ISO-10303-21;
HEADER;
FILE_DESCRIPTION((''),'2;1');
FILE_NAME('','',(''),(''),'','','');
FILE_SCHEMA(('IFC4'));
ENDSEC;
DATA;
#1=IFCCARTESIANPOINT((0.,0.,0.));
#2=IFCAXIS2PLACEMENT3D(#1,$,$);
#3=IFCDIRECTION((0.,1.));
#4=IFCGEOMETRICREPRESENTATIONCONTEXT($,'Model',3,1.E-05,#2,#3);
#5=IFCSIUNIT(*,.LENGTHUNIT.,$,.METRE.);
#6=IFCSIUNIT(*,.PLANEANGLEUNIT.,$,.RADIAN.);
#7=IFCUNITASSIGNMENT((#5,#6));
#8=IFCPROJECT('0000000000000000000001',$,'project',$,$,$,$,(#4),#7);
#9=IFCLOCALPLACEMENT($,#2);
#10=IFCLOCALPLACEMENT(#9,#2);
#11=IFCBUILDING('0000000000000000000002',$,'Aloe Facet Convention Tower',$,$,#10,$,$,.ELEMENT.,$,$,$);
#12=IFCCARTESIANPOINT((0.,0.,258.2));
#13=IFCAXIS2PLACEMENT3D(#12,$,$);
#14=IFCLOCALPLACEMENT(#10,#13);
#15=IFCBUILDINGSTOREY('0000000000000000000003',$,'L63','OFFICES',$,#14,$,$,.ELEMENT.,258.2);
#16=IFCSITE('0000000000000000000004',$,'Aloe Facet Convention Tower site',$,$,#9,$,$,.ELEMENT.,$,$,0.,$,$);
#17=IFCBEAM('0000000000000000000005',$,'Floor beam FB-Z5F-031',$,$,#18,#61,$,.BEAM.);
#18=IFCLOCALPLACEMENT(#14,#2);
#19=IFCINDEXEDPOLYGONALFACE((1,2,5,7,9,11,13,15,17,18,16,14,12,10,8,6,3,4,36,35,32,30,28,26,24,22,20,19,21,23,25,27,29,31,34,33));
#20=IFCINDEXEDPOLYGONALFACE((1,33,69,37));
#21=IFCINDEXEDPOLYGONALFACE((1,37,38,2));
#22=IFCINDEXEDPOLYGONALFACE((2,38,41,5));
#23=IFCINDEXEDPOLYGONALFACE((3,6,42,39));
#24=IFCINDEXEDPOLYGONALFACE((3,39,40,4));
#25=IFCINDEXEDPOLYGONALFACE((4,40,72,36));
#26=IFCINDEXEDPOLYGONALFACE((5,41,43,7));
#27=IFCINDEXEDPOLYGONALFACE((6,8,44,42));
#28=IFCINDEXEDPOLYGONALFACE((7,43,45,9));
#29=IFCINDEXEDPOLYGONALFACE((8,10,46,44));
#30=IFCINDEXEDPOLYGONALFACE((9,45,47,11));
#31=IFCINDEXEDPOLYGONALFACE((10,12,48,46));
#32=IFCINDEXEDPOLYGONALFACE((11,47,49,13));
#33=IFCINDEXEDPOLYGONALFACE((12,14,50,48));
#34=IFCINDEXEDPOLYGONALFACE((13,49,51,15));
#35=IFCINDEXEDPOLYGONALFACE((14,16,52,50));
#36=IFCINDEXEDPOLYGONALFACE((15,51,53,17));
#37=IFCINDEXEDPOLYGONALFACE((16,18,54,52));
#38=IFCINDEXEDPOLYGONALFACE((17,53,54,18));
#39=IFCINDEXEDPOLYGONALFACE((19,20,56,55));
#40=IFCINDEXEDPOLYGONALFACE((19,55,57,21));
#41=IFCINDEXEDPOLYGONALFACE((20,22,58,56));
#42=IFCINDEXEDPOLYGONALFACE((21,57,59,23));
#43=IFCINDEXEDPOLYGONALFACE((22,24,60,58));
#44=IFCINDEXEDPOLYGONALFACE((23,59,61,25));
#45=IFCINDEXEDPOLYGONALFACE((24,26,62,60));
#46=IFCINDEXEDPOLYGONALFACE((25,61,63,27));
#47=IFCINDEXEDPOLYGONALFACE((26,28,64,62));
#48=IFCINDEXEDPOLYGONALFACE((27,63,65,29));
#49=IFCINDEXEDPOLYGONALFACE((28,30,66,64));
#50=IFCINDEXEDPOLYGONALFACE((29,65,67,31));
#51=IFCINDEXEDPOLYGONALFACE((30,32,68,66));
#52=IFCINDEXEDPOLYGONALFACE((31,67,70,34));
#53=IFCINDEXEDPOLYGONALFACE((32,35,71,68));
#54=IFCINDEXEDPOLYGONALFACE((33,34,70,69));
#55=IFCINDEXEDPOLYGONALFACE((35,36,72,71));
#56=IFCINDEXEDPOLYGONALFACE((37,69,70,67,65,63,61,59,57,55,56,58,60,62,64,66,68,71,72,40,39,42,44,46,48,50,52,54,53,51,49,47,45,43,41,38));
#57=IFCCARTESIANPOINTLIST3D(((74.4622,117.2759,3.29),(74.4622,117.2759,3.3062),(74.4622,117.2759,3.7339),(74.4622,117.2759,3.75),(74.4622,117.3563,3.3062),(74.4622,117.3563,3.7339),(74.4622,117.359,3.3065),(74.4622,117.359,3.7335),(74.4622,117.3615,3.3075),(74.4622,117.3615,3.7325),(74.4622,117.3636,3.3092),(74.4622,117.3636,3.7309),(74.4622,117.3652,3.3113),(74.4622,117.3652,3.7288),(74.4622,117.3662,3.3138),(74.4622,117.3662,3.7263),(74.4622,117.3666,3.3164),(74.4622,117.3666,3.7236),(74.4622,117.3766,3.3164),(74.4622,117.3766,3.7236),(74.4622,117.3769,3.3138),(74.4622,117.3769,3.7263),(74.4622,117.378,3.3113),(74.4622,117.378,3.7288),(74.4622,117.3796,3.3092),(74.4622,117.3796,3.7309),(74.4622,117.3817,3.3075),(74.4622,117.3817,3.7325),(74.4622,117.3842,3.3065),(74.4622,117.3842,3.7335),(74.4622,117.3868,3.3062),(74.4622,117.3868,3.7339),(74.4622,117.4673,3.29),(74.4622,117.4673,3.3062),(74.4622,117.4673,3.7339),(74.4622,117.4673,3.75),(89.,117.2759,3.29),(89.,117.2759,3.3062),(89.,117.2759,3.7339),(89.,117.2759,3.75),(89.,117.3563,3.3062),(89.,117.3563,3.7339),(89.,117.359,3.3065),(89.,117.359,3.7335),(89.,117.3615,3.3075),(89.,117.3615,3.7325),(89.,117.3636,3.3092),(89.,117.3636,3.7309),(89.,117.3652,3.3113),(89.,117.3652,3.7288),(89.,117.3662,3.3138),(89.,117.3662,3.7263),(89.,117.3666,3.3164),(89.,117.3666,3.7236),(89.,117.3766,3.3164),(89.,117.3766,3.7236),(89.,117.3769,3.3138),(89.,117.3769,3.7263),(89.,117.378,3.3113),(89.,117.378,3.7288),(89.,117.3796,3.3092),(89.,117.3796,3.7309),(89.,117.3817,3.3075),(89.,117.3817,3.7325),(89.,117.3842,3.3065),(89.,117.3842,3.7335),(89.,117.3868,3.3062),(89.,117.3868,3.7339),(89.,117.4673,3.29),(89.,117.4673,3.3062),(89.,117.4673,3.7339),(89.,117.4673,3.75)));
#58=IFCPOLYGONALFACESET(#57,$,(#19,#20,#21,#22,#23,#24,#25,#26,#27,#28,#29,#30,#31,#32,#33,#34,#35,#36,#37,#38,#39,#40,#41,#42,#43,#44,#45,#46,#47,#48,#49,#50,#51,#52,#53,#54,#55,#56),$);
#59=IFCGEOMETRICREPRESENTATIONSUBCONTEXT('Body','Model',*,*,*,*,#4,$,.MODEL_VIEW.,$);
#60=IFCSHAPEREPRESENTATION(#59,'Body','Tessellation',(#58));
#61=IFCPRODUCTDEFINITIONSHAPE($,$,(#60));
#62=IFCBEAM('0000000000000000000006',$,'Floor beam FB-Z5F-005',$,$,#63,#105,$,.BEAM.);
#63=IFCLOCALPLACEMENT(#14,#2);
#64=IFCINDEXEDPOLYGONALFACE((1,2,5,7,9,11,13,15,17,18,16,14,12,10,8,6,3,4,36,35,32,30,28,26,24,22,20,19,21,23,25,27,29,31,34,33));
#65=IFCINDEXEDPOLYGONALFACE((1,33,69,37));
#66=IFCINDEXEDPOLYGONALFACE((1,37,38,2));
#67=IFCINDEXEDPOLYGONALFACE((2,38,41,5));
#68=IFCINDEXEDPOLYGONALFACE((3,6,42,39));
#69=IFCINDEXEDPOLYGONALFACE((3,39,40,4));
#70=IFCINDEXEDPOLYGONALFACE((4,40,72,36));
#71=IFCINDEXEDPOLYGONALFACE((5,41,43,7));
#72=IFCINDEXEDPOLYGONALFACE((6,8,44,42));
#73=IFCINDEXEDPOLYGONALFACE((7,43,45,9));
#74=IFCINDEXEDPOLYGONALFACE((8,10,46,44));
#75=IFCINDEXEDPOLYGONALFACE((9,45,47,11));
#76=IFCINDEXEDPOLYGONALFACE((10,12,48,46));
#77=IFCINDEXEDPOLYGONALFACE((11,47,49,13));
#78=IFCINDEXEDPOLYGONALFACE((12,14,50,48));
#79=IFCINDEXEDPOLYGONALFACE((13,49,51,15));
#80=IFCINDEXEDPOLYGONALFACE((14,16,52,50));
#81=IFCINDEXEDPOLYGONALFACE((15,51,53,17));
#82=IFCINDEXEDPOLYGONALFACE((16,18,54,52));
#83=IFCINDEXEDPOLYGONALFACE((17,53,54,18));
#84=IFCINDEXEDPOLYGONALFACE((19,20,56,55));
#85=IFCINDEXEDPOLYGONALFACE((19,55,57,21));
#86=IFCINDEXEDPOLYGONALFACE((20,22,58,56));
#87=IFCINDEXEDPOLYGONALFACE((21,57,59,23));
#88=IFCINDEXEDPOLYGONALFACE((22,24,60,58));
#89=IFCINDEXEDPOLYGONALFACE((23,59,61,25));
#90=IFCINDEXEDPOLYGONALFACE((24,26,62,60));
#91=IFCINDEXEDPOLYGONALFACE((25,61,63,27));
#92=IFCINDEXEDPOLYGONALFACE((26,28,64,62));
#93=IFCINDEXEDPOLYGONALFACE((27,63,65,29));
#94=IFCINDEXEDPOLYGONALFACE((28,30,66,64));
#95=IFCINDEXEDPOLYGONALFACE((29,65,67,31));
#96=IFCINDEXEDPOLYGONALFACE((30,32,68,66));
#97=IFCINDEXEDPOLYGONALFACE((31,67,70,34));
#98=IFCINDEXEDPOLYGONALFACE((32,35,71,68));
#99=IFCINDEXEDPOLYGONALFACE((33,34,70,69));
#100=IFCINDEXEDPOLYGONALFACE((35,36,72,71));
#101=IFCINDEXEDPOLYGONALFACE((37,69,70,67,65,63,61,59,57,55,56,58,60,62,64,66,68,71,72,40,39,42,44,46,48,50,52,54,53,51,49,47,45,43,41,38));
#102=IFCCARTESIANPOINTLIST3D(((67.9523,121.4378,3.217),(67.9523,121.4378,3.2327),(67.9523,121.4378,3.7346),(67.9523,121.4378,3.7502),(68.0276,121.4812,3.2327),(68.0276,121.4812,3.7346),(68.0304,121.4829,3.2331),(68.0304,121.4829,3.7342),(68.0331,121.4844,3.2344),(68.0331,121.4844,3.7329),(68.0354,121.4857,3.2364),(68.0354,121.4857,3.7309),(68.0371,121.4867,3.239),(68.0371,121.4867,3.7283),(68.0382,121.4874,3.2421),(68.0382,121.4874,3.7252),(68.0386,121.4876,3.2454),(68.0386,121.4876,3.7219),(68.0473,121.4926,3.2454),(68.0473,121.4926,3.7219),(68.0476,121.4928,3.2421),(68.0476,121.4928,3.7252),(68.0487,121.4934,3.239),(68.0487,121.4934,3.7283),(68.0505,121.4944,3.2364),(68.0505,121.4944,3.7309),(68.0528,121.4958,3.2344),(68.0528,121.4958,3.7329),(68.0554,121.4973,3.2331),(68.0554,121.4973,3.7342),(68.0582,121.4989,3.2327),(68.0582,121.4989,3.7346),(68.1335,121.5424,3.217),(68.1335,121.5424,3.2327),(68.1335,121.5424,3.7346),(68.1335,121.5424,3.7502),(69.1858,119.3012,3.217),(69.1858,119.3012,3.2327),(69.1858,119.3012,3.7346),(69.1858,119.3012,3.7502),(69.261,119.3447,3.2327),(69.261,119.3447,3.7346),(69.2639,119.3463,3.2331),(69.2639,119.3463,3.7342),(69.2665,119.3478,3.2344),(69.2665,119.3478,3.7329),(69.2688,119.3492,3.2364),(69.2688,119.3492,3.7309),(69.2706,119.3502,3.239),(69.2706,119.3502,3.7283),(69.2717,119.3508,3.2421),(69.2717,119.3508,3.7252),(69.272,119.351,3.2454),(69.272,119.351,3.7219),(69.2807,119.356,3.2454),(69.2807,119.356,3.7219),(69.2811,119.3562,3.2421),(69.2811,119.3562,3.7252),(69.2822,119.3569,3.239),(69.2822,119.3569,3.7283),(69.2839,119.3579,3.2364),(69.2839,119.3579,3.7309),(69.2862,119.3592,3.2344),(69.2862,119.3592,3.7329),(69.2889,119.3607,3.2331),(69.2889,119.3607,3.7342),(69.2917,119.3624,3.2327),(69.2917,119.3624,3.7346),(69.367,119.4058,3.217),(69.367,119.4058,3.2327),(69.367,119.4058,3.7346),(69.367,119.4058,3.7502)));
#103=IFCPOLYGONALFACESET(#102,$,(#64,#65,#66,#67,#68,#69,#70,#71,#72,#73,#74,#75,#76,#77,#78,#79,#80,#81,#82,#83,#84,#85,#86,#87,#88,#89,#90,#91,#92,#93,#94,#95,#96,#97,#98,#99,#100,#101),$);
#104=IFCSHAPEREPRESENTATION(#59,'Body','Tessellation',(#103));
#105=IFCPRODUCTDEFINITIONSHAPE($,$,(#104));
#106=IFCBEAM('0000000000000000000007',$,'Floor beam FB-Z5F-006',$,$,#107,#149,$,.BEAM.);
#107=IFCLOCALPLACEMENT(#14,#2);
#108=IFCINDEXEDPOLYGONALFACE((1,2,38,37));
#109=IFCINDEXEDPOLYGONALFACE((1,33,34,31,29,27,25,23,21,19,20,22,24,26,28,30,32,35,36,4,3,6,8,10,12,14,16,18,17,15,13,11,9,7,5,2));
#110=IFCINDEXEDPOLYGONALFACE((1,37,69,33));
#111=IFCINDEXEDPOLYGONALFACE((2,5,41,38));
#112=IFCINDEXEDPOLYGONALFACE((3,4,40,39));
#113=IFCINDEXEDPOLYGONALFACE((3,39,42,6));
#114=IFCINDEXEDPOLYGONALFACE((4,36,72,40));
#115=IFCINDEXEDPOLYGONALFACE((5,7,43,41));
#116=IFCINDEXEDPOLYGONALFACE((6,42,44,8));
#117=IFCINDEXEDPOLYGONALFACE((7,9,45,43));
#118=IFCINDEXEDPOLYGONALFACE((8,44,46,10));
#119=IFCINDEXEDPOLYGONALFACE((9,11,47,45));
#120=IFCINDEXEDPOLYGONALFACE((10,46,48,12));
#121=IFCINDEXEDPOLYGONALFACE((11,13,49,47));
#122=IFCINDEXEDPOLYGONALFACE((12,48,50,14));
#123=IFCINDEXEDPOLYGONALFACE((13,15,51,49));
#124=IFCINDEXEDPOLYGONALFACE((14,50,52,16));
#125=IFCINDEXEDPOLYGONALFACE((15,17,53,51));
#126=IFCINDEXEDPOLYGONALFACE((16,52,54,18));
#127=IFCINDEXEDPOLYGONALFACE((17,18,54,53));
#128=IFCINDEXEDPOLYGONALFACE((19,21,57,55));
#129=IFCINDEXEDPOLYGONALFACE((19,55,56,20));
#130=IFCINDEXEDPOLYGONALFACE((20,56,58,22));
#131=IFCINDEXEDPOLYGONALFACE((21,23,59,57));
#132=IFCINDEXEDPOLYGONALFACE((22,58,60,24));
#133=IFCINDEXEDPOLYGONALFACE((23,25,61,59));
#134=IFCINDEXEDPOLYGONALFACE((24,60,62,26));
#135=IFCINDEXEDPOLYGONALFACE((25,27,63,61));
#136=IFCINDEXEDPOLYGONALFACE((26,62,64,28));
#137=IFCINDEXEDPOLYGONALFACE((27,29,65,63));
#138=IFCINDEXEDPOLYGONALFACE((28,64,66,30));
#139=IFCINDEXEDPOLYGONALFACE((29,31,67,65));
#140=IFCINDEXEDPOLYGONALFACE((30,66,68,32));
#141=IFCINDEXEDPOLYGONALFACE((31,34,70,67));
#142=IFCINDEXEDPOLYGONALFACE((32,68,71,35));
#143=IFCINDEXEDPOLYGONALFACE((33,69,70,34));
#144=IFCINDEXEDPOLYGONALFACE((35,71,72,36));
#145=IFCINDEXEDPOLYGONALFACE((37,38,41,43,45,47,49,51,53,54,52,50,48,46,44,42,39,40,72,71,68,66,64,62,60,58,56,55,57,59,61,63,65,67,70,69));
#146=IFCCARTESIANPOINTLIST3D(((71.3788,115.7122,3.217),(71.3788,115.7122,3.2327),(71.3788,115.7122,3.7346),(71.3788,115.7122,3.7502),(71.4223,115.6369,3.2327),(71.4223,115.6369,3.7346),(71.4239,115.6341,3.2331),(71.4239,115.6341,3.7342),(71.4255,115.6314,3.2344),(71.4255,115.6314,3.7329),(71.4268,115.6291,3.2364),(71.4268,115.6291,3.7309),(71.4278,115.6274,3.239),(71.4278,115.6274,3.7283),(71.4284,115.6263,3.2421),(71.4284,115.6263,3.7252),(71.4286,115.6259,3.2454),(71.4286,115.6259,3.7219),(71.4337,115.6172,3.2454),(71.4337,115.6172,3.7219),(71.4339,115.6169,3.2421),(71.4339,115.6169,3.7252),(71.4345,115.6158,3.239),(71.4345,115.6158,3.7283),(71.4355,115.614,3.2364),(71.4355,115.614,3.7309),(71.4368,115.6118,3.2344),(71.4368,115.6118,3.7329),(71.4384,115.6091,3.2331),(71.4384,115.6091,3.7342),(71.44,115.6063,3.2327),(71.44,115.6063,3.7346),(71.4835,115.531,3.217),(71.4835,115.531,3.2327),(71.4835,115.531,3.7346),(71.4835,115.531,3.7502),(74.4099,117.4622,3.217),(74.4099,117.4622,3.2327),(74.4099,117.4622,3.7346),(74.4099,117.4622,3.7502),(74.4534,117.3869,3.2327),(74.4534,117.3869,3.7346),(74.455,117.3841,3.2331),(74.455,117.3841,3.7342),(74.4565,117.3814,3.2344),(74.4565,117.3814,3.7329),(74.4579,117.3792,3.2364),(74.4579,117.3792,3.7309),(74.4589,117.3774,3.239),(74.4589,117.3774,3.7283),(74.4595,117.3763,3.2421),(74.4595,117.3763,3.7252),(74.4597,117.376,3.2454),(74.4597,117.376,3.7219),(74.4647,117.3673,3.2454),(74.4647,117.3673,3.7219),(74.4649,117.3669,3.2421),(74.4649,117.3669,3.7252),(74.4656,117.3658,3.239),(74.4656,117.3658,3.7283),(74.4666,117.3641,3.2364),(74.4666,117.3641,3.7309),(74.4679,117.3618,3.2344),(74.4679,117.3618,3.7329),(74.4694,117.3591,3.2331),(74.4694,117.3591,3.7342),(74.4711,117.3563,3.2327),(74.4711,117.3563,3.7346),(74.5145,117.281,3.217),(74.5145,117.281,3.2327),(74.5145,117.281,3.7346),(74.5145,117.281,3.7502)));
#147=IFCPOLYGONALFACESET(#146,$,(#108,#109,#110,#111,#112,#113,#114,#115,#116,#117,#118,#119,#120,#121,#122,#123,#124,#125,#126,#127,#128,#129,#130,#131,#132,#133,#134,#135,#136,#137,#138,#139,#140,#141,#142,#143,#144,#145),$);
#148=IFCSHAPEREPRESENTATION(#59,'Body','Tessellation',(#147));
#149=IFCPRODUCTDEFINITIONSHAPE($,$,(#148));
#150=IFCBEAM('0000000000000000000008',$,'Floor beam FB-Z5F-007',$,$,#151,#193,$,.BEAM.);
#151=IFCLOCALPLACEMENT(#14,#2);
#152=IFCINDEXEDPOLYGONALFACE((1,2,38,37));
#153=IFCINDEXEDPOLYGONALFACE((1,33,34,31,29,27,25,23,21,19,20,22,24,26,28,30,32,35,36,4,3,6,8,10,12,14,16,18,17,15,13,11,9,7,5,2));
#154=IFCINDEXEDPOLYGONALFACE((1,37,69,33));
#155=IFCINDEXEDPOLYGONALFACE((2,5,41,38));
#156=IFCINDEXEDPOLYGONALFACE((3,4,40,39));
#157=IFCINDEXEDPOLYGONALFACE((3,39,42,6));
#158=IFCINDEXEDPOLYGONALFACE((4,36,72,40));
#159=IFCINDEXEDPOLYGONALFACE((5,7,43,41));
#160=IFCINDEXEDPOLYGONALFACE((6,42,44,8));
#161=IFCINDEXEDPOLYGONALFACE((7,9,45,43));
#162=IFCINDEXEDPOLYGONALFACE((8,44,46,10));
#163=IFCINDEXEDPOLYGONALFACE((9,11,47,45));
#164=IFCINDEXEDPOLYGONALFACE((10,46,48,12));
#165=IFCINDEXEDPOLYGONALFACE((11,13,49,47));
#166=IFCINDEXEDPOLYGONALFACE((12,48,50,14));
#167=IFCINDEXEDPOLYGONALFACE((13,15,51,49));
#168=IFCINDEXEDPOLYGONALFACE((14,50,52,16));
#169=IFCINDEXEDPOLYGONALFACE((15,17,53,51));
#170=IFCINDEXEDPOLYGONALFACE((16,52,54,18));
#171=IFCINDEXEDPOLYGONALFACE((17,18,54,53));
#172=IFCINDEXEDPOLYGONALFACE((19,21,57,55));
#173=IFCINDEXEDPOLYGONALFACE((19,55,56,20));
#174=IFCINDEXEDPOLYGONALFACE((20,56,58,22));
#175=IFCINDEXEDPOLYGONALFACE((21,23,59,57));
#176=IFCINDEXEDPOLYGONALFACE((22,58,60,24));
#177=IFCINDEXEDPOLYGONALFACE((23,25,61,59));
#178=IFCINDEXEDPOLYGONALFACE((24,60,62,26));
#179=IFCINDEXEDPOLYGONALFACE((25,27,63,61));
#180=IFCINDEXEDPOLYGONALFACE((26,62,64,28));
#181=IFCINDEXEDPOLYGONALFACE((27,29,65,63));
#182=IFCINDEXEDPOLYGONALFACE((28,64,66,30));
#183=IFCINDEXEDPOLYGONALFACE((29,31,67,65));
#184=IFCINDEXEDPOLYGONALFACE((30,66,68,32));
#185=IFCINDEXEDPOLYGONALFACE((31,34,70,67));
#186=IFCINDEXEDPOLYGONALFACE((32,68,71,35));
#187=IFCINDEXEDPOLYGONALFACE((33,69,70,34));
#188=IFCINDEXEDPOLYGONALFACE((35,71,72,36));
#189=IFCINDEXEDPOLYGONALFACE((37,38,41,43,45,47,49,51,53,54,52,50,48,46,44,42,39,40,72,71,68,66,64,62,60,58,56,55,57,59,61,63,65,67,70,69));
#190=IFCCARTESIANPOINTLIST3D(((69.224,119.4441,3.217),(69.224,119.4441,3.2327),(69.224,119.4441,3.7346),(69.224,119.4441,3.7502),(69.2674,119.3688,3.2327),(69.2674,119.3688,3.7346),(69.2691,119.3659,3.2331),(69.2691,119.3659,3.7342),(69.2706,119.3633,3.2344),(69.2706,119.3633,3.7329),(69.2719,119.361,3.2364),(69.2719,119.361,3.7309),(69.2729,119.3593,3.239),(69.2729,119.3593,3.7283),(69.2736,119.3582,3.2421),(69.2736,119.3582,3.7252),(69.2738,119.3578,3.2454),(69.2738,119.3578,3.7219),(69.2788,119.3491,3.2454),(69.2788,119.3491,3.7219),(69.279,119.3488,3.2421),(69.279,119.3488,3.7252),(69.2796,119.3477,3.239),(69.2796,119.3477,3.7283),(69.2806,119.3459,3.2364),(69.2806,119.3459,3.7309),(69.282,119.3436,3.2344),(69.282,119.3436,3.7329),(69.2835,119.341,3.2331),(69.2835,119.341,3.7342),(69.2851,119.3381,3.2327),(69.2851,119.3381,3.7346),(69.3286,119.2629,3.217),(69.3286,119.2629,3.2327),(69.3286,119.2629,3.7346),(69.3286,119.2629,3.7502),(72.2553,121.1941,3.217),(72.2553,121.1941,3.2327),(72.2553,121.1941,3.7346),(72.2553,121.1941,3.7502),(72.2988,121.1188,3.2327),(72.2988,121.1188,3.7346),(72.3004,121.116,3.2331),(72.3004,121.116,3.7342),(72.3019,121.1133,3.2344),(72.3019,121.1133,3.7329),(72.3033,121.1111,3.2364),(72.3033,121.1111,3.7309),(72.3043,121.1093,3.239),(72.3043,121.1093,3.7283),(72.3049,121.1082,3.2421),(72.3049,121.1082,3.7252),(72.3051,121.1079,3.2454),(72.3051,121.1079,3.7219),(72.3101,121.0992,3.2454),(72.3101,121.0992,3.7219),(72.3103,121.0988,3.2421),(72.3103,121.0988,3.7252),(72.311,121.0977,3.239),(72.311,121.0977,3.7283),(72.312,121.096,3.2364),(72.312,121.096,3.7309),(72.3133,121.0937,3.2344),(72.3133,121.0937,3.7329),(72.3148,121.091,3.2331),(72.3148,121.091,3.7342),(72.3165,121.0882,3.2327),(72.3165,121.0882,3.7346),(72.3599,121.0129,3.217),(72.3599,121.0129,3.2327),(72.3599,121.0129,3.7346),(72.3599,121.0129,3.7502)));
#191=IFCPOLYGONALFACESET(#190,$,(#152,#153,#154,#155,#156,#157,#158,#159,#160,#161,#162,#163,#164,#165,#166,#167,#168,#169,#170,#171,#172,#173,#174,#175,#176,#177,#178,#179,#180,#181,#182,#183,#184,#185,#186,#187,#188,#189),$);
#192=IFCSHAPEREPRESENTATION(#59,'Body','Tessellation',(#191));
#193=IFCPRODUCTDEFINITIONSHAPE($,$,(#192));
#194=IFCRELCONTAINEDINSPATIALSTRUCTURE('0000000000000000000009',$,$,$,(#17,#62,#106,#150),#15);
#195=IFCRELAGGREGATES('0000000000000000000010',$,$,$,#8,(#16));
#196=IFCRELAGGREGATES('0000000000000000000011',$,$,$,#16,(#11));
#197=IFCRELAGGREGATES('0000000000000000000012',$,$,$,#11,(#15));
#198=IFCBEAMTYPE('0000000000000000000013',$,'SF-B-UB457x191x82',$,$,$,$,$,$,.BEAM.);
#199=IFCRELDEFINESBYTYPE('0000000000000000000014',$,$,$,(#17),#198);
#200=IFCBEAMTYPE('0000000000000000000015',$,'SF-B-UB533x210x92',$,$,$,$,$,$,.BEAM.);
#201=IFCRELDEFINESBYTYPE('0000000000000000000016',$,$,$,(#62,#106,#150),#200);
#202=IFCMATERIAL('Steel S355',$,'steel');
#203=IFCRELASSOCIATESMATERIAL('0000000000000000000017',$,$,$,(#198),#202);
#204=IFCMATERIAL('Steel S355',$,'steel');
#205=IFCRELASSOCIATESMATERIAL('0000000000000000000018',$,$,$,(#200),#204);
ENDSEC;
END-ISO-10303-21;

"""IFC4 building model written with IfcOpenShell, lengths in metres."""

from ifc_helpers import new_model, si_unit, direction, frame, origin, origin_2d, place, context, subcontext, project, spatial, i_section, extrude, material, material_profile, profile_set, type_object, element, save


model = new_model("IFC4")

# Units and contexts
model_context = context("Model", 3, precision=1e-05, world=origin(), true_north=direction((0.0, 1.0)))
body_context = subcontext(model_context, "Body", "Model", "MODEL_VIEW")
ifc_project = project(units=[si_unit("LENGTHUNIT", "METRE"), si_unit("PLANEANGLEUNIT", "RADIAN")], contexts=[model_context])

# Site, building, storey
site_placement = place(None, origin())
site = spatial("IfcSite", under=ifc_project, at=site_placement, Name="Aloe Facet Convention Tower site", CompositionType="ELEMENT", RefElevation=0.0)
building_placement = place(site_placement, origin())
building = spatial("IfcBuilding", under=site, at=building_placement, Name="Aloe Facet Convention Tower", CompositionType="ELEMENT")
storey_placement = place(building_placement, frame((0.0, 0.0, 258.2)))
storey = spatial("IfcBuildingStorey", under=building, at=storey_placement, Name="L63", Description="OFFICES", CompositionType="ELEMENT", Elevation=258.2)

# Beams
ifc_material_1 = material(Name="Steel S355", Category="steel")
ifc_material_profile_1 = material_profile(ifc_material_1, i_section(OverallWidth=0.1914, OverallDepth=0.46, WebThickness=0.01, FlangeThickness=0.0161, FilletRadius=0.0103, at=origin_2d()), Name="UB 457x191x82")
ifc_profile_set_1 = profile_set([ifc_material_profile_1], Name="Steel S355")
beam_type_1 = type_object("IfcBeamType", Name="SF-B-UB457x191x82", PredefinedType="BEAM", material=ifc_profile_set_1)
beam_1_placement = place(storey_placement, frame((74.4622, 117.3716, 3.52), z_axis=(1.0, 0.0, 0.0), x_axis=(0.0, 1.0, 0.0)))
element("IfcBeam", 1, at=beam_1_placement, inside=storey, type_object=beam_type_1, Name="Floor beam FB-Z5F-031", PredefinedType="BEAM", context=body_context, shape_type="SweptSolid", body=[
    extrude(i_section(OverallWidth=0.1914, OverallDepth=0.46, WebThickness=0.01, FlangeThickness=0.0161, FilletRadius=0.0103, at=origin_2d()), origin(), (0.0, 0.0, 1.0), 14.5378),
])
ifc_material_2 = material(Name="Steel S355", Category="steel")
ifc_material_profile_2 = material_profile(ifc_material_2, i_section(OverallWidth=0.2092, OverallDepth=0.5332, WebThickness=0.01, FlangeThickness=0.0156, FilletRadius=0.0127, at=origin_2d()), Name="UB 533x210x92")
ifc_profile_set_2 = profile_set([ifc_material_profile_2], Name="Steel S355")
beam_type_2 = type_object("IfcBeamType", Name="SF-B-UB533x210x92", PredefinedType="BEAM", material=ifc_profile_set_2)
beam_2_placement = place(storey_placement, frame((69.2764, 119.3535, 3.4836), z_axis=(-0.499971, 0.866042, 0.0), x_axis=(-0.866042, -0.499971, 0.0)))
element("IfcBeam", 2, at=beam_2_placement, inside=storey, type_object=beam_type_2, Name="Floor beam FB-Z5F-005", PredefinedType="BEAM", context=body_context, shape_type="SweptSolid", body=[
    extrude(i_section(OverallWidth=0.2092, OverallDepth=0.5332, WebThickness=0.01, FlangeThickness=0.0156, FilletRadius=0.0127, at=origin_2d()), origin(), (0.0, 0.0, 1.0), 2.467),
])
beam_3_placement = place(storey_placement, frame((71.4312, 115.6216, 3.4836), z_axis=(0.866019, 0.50001, 0.0), x_axis=(-0.50001, 0.866019, 0.0)))
element("IfcBeam", 3, at=beam_3_placement, inside=storey, type_object=beam_type_2, Name="Floor beam FB-Z5F-006", PredefinedType="BEAM", context=body_context, shape_type="SweptSolid", body=[
    extrude(i_section(OverallWidth=0.2092, OverallDepth=0.5332, WebThickness=0.01, FlangeThickness=0.0156, FilletRadius=0.0127, at=origin_2d()), origin(), (0.0, 0.0, 1.0), 3.5),
])
beam_4_placement = place(storey_placement, frame((72.3076, 121.1035, 3.4836), z_axis=(-0.866037, -0.49998, 0.0), x_axis=(0.49998, -0.866037, 0.0)))
element("IfcBeam", 4, at=beam_4_placement, inside=storey, type_object=beam_type_2, Name="Floor beam FB-Z5F-007", PredefinedType="BEAM", context=body_context, shape_type="SweptSolid", body=[
    extrude(i_section(OverallWidth=0.2092, OverallDepth=0.5332, WebThickness=0.01, FlangeThickness=0.0156, FilletRadius=0.0127, at=origin_2d()), origin(), (0.0, 0.0, 1.0), 3.5002),
])

save(model, "model.ifc")
